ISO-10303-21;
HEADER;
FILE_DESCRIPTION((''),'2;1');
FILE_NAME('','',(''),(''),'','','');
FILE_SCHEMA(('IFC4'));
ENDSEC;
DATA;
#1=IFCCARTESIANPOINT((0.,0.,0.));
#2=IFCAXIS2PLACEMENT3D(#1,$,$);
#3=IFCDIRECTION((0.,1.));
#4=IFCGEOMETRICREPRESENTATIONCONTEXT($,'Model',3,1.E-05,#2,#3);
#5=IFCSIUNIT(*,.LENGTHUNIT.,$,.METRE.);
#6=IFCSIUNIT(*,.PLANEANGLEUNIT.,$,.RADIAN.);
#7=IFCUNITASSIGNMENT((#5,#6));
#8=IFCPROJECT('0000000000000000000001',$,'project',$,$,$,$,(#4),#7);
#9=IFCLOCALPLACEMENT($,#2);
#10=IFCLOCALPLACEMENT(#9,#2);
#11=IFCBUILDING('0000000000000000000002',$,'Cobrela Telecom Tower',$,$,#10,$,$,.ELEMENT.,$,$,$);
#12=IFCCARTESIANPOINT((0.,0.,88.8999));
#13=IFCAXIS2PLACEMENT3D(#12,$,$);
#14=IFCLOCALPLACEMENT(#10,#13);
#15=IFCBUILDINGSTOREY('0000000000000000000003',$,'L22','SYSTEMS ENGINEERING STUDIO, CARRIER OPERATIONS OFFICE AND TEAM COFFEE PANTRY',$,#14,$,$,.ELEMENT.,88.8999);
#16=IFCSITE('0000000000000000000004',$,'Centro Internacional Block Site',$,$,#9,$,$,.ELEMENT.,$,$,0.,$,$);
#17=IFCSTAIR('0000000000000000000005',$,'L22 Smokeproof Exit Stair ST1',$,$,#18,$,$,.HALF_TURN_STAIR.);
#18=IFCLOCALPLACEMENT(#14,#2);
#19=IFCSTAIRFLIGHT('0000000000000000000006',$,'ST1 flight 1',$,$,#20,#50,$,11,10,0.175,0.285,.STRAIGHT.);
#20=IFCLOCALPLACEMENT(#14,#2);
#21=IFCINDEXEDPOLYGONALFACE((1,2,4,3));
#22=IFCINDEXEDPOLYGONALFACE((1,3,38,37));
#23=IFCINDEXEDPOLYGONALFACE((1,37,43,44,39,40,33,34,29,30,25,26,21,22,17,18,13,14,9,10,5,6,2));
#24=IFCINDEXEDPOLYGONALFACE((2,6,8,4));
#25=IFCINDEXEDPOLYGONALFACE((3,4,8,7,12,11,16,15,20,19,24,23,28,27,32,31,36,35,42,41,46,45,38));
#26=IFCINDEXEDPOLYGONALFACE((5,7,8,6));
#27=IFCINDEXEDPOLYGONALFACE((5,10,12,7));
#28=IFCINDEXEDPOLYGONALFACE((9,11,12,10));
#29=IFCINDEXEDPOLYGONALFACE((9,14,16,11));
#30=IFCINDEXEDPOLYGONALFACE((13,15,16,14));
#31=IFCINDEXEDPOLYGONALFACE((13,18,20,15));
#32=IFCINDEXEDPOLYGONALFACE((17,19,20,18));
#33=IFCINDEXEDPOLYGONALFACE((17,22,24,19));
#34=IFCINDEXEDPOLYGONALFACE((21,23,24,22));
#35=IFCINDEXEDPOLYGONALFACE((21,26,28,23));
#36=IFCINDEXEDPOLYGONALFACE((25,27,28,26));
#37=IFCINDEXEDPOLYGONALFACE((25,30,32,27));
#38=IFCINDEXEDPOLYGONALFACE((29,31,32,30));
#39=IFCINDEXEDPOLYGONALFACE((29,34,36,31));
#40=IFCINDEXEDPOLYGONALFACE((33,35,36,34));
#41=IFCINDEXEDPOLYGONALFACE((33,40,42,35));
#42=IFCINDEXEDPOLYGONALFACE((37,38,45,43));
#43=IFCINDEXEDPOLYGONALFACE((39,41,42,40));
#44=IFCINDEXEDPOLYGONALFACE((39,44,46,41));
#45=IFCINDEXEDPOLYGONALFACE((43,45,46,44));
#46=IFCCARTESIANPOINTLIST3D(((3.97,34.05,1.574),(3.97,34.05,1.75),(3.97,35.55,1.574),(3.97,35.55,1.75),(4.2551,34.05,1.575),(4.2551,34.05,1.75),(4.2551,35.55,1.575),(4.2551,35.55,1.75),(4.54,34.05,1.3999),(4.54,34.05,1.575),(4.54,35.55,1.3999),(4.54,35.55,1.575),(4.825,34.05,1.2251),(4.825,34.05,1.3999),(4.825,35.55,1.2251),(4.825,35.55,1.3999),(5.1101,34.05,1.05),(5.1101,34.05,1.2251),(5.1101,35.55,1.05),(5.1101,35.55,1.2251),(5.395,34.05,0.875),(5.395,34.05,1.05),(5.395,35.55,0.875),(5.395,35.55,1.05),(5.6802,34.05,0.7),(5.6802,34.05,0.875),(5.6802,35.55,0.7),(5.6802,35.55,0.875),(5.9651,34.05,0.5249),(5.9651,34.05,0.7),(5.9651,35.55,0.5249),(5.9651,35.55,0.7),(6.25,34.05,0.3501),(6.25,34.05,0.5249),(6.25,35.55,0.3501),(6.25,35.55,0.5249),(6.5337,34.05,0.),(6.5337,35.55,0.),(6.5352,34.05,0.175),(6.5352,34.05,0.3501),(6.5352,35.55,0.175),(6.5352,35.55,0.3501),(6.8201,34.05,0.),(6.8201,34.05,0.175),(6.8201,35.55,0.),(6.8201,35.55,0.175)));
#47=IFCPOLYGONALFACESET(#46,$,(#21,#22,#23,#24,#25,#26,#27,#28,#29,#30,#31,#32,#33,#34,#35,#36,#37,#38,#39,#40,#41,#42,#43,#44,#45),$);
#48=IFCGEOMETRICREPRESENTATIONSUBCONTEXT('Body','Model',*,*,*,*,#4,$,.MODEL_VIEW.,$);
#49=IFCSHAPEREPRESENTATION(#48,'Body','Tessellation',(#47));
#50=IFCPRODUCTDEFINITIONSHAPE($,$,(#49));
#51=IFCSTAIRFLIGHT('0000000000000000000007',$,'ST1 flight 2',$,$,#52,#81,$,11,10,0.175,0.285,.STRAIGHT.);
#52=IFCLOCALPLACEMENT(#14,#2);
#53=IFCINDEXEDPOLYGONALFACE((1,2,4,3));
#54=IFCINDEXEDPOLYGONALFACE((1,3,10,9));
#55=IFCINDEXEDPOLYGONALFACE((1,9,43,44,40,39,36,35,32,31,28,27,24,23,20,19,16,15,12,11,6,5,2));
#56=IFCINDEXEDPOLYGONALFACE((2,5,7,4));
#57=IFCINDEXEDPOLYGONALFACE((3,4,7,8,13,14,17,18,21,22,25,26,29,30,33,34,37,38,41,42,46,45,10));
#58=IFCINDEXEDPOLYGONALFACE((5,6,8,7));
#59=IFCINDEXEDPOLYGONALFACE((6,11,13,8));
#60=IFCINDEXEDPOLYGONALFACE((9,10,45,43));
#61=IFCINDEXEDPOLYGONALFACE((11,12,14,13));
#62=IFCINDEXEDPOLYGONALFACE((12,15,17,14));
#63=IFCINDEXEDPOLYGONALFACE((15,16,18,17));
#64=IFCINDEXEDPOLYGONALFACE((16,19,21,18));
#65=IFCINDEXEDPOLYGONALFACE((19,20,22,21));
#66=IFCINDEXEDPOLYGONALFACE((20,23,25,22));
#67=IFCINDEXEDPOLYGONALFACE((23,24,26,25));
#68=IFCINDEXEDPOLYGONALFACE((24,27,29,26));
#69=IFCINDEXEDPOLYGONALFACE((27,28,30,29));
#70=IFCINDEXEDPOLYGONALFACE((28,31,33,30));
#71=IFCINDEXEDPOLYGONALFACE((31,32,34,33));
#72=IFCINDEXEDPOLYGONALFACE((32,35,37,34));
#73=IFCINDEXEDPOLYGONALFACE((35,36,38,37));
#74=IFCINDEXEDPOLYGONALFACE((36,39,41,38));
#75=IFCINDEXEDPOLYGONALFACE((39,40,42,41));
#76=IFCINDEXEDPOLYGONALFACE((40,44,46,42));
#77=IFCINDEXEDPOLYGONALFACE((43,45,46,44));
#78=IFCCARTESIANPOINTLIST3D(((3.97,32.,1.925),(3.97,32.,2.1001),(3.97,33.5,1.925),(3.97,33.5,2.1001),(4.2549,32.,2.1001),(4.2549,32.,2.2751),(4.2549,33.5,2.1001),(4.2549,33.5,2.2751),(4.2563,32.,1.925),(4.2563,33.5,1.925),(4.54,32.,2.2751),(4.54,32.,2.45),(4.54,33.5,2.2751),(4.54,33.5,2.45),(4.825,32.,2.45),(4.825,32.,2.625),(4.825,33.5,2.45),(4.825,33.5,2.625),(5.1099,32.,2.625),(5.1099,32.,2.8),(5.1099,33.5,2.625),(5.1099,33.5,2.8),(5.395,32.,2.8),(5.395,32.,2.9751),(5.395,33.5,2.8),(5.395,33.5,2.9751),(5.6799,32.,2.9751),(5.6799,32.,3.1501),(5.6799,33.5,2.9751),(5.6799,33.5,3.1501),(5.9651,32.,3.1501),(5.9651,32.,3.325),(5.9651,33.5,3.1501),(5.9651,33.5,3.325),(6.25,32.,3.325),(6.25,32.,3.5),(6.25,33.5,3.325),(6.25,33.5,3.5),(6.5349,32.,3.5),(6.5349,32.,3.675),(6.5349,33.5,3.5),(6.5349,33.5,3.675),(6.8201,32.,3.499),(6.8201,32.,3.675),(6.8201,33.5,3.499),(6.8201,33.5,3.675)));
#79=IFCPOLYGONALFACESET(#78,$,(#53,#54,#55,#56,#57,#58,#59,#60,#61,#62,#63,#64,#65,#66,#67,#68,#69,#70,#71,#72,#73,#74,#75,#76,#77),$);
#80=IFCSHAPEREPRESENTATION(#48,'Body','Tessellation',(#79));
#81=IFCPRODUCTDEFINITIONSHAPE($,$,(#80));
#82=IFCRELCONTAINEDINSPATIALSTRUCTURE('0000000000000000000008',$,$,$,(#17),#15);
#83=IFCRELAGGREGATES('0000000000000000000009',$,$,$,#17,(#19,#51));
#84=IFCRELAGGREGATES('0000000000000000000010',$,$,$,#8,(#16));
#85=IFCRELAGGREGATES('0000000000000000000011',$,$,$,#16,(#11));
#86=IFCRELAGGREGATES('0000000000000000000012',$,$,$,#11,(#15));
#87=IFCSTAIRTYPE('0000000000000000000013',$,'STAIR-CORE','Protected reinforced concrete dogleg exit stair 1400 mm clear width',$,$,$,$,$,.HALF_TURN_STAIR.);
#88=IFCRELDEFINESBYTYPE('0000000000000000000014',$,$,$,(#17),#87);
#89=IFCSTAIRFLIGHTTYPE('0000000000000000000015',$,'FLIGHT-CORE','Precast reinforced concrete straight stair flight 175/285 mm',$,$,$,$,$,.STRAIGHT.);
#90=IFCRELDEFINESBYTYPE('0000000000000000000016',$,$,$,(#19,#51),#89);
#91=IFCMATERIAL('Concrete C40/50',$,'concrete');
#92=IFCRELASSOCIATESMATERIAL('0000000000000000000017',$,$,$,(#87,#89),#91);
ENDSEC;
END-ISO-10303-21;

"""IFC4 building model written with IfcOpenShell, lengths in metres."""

from ifc_helpers import new_model, si_unit, direction, frame, origin, place, context, subcontext, project, spatial, polyline, outline, extrude, material, type_object, element, aggregate, save


model = new_model("IFC4")

# Units and contexts
model_context = context("Model", 3, precision=1e-05, world=origin(), true_north=direction((0.0, 1.0)))
body_context = subcontext(model_context, "Body", "Model", "MODEL_VIEW")
ifc_project = project(units=[si_unit("LENGTHUNIT", "METRE"), si_unit("PLANEANGLEUNIT", "RADIAN")], contexts=[model_context])

# Site, building, storey
site_placement = place(None, origin())
site = spatial("IfcSite", under=ifc_project, at=site_placement, Name="Centro Internacional Block Site", CompositionType="ELEMENT", RefElevation=0.0)
building_placement = place(site_placement, origin())
building = spatial("IfcBuilding", under=site, at=building_placement, Name="Cobrela Telecom Tower", CompositionType="ELEMENT")
storey_placement = place(building_placement, frame((0.0, 0.0, 88.8999)))
storey = spatial("IfcBuildingStorey", under=building, at=storey_placement, Name="L22", Description="SYSTEMS ENGINEERING STUDIO, CARRIER OPERATIONS OFFICE AND TEAM COFFEE PANTRY", CompositionType="ELEMENT", Elevation=88.8999)

# Shared definitions
ifc_material_1 = material(Name="Concrete C40/50", Category="concrete")

# Stair, stair flights
stair_type = type_object("IfcStairType", Name="STAIR-CORE", Description="Protected reinforced concrete dogleg exit stair 1400 mm clear width", PredefinedType="HALF_TURN_STAIR", material=ifc_material_1)
stair_placement = place(storey_placement, origin())
stair = element("IfcStair", 1, at=stair_placement, inside=storey, type_object=stair_type, Name="L22 Smokeproof Exit Stair ST1", PredefinedType="HALF_TURN_STAIR")
stair_flight_type = type_object("IfcStairFlightType", Name="FLIGHT-CORE", Description="Precast reinforced concrete straight stair flight 175/285 mm", PredefinedType="STRAIGHT", material=ifc_material_1)
stair_flight_1_placement = place(storey_placement, frame((6.8201, 34.8, 0.0), z_axis=(0.0, 0.0, 1.0), x_axis=(-1.0, 0.0, 0.0)))
stair_flight_1 = element("IfcStairFlight", 2, at=stair_flight_1_placement, type_object=stair_flight_type, Name="ST1 flight 1", NumberOfRisers=11, NumberOfTreads=10, PredefinedType="STRAIGHT", RiserHeight=0.175, TreadLength=0.285, context=body_context, shape_type="SweptSolid", body=[
    extrude(outline(polyline([(0.0, 0.0), (0.0, 0.175), (0.2849, 0.175), (0.2849, 0.3501), (0.5701, 0.3501), (0.5701, 0.5249), (0.855, 0.5249), (0.855, 0.7), (1.1399, 0.7), (1.1399, 0.875), (1.425, 0.875), (1.425, 1.05), (1.71, 1.05), (1.71, 1.2251), (1.9951, 1.2251), (1.9951, 1.3999), (2.28, 1.3999), (2.28, 1.575), (2.5649, 1.575), (2.5649, 1.75), (2.8501, 1.75), (2.8501, 1.925), (2.8501, 1.574), (0.2864, 0.0), (0.0, 0.0)])), frame((0.0, 0.75, 0.0), z_axis=(0.0, -1.0, 0.0), x_axis=(1.0, 0.0, 0.0)), (0.0, 0.0, 1.0), 1.5),
])
stair_flight_2_placement = place(storey_placement, frame((3.97, 32.75, 1.925), z_axis=(0.0, 0.0, 1.0), x_axis=(1.0, 0.0, 0.0)))
stair_flight_2 = element("IfcStairFlight", 3, at=stair_flight_2_placement, type_object=stair_flight_type, Name="ST1 flight 2", NumberOfRisers=11, NumberOfTreads=10, PredefinedType="STRAIGHT", RiserHeight=0.175, TreadLength=0.285, context=body_context, shape_type="SweptSolid", body=[
    extrude(outline(polyline([(0.0, 0.0), (0.0, 0.175), (0.2849, 0.175), (0.2849, 0.3501), (0.5701, 0.3501), (0.5701, 0.5249), (0.855, 0.5249), (0.855, 0.7), (1.1399, 0.7), (1.1399, 0.875), (1.425, 0.875), (1.425, 1.05), (1.71, 1.05), (1.71, 1.2251), (1.9951, 1.2251), (1.9951, 1.3999), (2.28, 1.3999), (2.28, 1.575), (2.5649, 1.575), (2.5649, 1.75), (2.8501, 1.75), (2.8501, 1.925), (2.8501, 1.574), (0.2864, 0.0), (0.0, 0.0)])), frame((0.0, 0.75, 0.0), z_axis=(0.0, -1.0, 0.0), x_axis=(1.0, 0.0, 0.0)), (0.0, 0.0, 1.0), 1.5),
])
aggregate(stair, [stair_flight_1, stair_flight_2])

save(model, "model.ifc")
